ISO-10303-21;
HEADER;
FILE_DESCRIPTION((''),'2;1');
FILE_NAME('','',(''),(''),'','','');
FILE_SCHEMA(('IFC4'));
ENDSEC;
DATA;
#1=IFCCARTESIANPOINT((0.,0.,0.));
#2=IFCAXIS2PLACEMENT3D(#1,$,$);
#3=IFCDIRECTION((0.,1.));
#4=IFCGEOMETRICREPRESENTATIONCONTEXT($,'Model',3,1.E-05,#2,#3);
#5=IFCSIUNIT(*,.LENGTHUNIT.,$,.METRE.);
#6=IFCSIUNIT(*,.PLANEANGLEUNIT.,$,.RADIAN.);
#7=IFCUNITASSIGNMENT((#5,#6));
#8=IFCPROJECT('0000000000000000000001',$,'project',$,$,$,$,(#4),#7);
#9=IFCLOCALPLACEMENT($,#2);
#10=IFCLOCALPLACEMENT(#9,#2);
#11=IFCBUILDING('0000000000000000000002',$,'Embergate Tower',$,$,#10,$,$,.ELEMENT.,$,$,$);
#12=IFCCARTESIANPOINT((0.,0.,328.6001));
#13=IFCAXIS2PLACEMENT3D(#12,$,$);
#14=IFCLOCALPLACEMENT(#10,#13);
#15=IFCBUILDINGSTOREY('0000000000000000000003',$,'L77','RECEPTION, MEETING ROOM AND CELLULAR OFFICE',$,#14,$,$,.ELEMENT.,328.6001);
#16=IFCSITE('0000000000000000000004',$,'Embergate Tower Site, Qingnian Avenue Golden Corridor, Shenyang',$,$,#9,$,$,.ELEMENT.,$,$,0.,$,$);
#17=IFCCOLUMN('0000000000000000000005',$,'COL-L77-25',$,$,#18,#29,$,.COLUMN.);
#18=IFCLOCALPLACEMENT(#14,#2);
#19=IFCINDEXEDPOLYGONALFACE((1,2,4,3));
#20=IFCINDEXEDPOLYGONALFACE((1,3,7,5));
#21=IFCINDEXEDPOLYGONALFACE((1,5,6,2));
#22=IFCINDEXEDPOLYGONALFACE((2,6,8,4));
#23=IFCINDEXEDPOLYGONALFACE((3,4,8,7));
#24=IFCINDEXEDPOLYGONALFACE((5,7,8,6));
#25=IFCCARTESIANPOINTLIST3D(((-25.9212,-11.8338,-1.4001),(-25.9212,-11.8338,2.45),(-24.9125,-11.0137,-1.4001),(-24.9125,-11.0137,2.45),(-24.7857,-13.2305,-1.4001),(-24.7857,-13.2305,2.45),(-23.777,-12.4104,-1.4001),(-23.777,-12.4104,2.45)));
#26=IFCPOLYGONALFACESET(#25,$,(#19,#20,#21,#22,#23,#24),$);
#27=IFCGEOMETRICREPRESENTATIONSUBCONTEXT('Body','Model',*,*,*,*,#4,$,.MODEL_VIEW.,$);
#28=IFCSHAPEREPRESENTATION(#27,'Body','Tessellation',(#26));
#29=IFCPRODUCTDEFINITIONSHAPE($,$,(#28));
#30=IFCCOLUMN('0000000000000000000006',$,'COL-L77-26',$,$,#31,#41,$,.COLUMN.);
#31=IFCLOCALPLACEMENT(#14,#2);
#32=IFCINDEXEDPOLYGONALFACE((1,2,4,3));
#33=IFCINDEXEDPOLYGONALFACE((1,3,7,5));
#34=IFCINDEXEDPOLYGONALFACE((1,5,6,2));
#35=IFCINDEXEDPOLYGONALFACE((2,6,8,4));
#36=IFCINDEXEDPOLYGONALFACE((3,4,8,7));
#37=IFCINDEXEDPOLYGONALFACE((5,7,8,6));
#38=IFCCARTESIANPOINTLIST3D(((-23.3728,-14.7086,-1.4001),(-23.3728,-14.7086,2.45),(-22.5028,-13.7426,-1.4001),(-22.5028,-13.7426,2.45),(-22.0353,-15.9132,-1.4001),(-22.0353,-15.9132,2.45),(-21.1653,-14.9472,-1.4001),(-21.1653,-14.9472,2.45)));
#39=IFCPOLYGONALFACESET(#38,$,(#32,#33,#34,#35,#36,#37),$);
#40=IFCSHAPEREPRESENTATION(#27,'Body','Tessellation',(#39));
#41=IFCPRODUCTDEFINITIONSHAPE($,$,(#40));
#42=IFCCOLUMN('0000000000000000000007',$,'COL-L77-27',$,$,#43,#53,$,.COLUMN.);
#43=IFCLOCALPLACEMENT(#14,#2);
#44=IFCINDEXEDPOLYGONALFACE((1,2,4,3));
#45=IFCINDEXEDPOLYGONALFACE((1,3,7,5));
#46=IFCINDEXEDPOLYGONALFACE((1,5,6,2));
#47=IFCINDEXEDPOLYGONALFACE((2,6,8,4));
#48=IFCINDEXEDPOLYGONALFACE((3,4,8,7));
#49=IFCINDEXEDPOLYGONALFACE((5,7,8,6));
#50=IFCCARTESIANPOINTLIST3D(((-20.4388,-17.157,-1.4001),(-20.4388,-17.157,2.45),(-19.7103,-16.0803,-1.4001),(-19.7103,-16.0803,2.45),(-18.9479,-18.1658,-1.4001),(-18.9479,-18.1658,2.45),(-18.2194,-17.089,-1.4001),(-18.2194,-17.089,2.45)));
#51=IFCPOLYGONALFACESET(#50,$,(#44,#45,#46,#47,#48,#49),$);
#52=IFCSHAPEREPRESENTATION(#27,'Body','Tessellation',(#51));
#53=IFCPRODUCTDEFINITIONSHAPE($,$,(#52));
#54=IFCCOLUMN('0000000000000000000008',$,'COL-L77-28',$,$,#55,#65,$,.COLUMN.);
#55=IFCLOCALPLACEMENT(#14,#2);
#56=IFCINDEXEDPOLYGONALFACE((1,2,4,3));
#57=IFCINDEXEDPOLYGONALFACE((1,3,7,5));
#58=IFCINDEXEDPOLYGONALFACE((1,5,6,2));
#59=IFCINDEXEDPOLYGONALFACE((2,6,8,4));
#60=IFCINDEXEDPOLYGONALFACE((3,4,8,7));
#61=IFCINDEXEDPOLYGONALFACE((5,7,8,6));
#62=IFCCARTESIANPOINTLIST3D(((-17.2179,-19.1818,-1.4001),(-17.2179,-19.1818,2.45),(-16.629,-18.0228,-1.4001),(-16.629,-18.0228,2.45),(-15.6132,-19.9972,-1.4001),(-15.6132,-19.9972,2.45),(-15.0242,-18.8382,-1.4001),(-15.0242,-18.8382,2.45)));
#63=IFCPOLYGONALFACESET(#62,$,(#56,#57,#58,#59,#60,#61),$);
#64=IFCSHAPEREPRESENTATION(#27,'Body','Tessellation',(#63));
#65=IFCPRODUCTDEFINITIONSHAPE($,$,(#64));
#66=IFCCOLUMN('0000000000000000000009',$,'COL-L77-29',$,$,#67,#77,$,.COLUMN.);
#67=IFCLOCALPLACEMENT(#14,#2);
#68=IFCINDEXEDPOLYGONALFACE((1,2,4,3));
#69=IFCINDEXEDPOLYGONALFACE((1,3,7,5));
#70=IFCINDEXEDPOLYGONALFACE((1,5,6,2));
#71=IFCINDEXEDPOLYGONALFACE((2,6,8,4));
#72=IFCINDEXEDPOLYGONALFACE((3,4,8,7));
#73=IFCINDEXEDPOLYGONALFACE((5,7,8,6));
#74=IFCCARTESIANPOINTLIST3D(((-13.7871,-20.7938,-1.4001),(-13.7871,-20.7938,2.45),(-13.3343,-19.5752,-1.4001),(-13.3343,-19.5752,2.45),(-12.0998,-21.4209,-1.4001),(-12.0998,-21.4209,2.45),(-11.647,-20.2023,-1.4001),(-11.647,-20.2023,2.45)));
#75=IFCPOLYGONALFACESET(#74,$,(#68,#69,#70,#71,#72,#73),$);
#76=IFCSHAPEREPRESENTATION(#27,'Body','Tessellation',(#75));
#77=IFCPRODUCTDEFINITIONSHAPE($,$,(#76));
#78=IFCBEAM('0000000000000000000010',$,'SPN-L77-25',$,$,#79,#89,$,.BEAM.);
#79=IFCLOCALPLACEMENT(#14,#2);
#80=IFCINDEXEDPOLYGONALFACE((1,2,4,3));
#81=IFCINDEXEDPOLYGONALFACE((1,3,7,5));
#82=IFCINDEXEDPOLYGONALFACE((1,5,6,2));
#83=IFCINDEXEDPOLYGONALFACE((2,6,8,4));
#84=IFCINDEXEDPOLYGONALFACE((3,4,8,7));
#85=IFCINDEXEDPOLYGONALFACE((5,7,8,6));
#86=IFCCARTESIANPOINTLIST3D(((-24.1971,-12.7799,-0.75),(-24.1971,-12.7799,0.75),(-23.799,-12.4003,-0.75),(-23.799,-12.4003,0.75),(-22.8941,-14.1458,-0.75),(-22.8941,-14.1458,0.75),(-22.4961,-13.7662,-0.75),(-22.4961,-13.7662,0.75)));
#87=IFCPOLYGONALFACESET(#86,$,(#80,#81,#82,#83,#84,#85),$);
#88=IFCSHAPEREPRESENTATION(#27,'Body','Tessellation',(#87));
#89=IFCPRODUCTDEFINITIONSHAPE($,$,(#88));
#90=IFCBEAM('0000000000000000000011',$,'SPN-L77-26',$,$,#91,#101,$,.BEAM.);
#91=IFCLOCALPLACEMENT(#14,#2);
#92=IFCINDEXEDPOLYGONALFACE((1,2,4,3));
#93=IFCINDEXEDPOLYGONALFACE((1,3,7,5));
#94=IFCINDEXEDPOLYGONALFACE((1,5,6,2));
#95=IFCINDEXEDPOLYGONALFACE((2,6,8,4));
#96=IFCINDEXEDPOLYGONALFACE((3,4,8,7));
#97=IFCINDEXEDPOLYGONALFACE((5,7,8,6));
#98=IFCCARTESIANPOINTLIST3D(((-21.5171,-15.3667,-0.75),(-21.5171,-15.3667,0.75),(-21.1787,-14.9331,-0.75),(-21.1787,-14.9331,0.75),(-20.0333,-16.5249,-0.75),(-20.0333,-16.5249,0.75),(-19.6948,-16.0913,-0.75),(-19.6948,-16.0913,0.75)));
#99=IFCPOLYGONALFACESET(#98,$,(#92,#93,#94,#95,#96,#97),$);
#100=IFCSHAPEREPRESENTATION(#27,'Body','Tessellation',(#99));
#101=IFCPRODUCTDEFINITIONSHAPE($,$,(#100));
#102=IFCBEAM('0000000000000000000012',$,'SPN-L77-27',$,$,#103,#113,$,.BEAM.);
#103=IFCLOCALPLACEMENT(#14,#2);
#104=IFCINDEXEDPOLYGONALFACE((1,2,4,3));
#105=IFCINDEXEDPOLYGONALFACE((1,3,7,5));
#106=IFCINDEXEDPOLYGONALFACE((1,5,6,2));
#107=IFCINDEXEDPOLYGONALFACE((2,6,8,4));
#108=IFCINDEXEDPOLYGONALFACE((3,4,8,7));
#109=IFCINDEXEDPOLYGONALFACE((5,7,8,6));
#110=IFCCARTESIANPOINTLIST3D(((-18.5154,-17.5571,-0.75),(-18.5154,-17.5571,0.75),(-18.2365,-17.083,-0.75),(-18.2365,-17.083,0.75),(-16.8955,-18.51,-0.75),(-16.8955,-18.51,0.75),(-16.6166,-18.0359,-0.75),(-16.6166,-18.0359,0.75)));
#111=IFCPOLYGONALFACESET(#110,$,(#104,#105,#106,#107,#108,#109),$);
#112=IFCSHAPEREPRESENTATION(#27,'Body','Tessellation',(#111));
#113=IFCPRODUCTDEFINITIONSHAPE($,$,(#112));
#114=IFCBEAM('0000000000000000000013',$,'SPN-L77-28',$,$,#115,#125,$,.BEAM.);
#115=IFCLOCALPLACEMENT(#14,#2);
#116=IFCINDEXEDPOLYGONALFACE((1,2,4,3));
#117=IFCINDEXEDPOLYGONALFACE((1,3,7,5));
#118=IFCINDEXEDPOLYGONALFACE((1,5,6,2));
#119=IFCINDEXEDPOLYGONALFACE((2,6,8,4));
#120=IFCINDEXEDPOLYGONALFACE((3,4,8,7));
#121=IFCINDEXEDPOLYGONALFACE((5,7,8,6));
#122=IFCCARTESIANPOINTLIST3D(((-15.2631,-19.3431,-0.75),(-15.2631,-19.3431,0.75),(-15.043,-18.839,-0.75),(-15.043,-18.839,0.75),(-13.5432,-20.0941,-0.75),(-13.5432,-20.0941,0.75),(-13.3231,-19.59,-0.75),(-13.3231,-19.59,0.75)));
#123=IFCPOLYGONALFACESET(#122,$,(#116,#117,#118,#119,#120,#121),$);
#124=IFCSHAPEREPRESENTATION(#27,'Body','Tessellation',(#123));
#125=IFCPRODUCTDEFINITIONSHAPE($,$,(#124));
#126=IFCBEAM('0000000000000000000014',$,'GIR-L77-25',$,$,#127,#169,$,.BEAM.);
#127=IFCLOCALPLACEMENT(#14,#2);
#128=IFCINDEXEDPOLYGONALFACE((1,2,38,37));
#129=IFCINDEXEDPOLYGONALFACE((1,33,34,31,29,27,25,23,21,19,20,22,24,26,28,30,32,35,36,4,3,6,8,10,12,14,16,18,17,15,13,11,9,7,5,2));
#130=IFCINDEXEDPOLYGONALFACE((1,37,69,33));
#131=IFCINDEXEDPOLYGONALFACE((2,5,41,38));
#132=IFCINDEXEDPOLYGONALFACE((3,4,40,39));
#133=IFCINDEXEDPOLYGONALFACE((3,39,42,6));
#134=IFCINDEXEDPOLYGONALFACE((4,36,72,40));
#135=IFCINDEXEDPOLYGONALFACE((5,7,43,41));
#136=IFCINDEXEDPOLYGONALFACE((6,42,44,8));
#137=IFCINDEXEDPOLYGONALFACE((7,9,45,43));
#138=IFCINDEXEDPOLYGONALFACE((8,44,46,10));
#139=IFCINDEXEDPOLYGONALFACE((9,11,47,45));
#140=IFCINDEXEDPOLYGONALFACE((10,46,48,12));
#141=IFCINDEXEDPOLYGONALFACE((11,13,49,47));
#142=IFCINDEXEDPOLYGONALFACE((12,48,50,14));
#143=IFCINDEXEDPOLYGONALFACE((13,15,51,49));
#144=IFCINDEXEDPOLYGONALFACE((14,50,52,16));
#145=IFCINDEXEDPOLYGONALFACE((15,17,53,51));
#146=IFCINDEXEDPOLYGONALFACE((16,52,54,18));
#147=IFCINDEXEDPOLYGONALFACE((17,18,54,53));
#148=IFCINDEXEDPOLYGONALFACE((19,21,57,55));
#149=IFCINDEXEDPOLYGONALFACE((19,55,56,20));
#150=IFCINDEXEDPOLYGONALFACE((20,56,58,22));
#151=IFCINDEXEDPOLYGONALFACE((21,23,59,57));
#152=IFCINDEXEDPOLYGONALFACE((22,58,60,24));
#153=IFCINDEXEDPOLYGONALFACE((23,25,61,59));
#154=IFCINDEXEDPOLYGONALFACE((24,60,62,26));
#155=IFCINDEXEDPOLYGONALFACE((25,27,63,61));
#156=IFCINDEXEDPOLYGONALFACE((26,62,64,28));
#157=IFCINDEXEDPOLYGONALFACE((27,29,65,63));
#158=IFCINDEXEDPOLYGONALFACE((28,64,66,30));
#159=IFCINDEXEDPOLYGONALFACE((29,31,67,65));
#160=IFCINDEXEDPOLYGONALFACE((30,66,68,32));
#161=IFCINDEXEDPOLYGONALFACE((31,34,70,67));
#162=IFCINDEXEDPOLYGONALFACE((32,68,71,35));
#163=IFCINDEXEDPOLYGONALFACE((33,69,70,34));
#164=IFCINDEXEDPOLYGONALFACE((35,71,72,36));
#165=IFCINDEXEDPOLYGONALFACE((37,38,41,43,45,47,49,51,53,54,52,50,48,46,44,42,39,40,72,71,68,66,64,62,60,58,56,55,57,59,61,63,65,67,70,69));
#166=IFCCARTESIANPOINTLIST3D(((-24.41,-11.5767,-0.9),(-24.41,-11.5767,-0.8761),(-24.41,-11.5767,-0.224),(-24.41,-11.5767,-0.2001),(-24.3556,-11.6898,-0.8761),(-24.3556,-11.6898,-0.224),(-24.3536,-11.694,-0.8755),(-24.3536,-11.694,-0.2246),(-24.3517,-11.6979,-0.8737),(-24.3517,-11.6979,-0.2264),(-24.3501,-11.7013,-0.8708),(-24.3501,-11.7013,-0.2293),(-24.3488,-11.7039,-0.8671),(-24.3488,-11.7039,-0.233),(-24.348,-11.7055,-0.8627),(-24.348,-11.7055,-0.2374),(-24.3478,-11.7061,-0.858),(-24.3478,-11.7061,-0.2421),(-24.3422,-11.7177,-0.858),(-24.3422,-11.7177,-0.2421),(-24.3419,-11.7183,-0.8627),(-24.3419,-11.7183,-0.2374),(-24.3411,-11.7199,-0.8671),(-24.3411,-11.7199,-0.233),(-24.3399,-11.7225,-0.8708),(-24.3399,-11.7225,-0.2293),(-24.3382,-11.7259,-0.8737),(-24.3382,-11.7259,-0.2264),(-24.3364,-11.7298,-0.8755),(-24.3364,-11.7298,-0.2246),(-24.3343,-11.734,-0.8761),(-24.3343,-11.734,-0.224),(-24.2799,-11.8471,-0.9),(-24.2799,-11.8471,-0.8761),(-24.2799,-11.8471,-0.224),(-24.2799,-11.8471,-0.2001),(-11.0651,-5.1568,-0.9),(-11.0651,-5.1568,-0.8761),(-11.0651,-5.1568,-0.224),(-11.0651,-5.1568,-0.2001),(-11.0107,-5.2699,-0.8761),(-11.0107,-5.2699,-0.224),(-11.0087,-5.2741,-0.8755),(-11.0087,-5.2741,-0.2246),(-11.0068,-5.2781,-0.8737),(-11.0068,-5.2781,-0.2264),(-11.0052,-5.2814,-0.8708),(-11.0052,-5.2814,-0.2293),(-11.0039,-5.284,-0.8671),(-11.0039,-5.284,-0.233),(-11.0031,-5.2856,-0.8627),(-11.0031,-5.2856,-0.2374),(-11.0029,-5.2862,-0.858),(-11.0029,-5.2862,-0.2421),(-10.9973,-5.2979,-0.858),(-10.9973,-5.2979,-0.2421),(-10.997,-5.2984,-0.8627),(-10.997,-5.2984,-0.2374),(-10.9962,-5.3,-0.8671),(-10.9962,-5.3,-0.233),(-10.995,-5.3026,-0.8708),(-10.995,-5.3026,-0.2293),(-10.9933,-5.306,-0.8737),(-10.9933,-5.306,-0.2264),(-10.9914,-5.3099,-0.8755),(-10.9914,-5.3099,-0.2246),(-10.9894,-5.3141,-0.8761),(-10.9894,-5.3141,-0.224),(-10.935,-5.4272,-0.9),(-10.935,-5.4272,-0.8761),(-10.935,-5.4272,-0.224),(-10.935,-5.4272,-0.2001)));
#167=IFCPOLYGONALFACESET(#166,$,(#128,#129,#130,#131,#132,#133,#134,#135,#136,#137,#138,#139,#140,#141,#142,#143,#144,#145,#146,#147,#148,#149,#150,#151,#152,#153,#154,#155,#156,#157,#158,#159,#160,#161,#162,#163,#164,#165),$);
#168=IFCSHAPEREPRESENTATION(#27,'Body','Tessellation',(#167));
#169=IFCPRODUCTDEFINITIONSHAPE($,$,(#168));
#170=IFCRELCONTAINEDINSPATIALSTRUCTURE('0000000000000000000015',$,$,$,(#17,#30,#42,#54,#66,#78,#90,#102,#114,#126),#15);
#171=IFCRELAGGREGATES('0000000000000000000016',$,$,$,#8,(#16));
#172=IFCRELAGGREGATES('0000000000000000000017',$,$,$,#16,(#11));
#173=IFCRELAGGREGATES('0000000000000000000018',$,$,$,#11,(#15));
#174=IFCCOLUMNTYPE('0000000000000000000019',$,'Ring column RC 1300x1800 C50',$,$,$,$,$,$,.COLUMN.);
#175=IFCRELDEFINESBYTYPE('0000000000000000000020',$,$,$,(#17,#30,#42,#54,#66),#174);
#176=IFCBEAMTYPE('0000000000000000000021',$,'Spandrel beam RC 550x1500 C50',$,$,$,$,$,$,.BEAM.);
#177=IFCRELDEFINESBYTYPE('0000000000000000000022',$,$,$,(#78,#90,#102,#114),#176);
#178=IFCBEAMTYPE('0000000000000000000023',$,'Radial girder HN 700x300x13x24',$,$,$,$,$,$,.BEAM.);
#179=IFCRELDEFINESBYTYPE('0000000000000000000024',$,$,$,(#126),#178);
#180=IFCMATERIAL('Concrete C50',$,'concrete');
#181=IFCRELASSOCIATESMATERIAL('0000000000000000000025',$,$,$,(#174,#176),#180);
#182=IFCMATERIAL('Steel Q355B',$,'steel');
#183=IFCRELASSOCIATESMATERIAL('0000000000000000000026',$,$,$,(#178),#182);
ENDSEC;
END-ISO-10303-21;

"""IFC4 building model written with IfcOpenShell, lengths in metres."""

from ifc_helpers import new_model, si_unit, direction, frame, origin, origin_2d, place, context, subcontext, project, spatial, rectangle, i_section, extrude, source, transform, mapped, material, material_profile, profile_set, type_object, element, save


model = new_model("IFC4")

# Units and contexts
model_context = context("Model", 3, precision=1e-05, world=origin(), true_north=direction((0.0, 1.0)))
body_context = subcontext(model_context, "Body", "Model", "MODEL_VIEW")
ifc_project = project(units=[si_unit("LENGTHUNIT", "METRE"), si_unit("PLANEANGLEUNIT", "RADIAN")], contexts=[model_context])

# Site, building, storey
site_placement = place(None, origin())
site = spatial("IfcSite", under=ifc_project, at=site_placement, Name="Embergate Tower Site, Qingnian Avenue Golden Corridor, Shenyang", CompositionType="ELEMENT", RefElevation=0.0)
building_placement = place(site_placement, origin())
building = spatial("IfcBuilding", under=site, at=building_placement, Name="Embergate Tower", CompositionType="ELEMENT")
storey_placement = place(building_placement, frame((0.0, 0.0, 328.6001)))
storey = spatial("IfcBuildingStorey", under=building, at=storey_placement, Name="L77", Description="RECEPTION, MEETING ROOM AND CELLULAR OFFICE", CompositionType="ELEMENT", Elevation=328.6001)

# Columns
ifc_material_1 = material(Name="Concrete C50", Category="concrete")
ifc_material_profile_1 = material_profile(ifc_material_1, rectangle(XDim=1.3, YDim=1.8, at=origin_2d()), Name="RC 1300x1800")
ifc_profile_set_1 = profile_set([ifc_material_profile_1], Name="Concrete C50")
column_type = type_object("IfcColumnType", Name="Ring column RC 1300x1800 C50", PredefinedType="COLUMN", material=ifc_profile_set_1)
shared_shape_1 = source(origin(), body_context, "Body", "SweptSolid", [
    extrude(rectangle(XDim=1.3, YDim=1.8, at=origin_2d()), origin(), (0.0, 0.0, 1.0), 3.8501),
])
for number, where, z_axis, x_axis, name in (
    (1, (-24.8491, -12.1221, -1.4001), (0.0, 0.0, 1.0), (-0.775925, -0.630825, 0.0), "COL-L77-25"),
    (2, (-22.269, -14.8279, -1.4001), (0.0, 0.0, 1.0), (-0.669221, -0.743063, 0.0), "COL-L77-26"),
    (3, (-19.3291, -17.123, -1.4001), (0.0, 0.0, 1.0), (-0.560393, -0.828227, 0.0), "COL-L77-27"),
    (4, (-16.1211, -19.01, -1.4001), (0.0, 0.0, 1.0), (-0.453011, -0.891505, 0.0), "COL-L77-28"),
    (5, (-12.717, -20.498, -1.4001), (0.0, 0.0, 1.0), (-0.348343, -0.937367, 0.0), "COL-L77-29"),
):
    element("IfcColumn", number, at=place(storey_placement, frame(where, z_axis=z_axis, x_axis=x_axis)), inside=storey, type_object=column_type, Name=name, PredefinedType="COLUMN", context=body_context, shape_type="MappedRepresentation", body=[
        mapped(shared_shape_1, transform((0.0, 0.0, 0.0))),
    ])

# Beams
ifc_material_profile_2 = material_profile(ifc_material_1, rectangle(XDim=0.55, YDim=1.5, at=origin_2d()), Name="RC 550x1500")
ifc_profile_set_2 = profile_set([ifc_material_profile_2], Name="Concrete C50")
beam_type_1 = type_object("IfcBeamType", Name="Spandrel beam RC 550x1500 C50", PredefinedType="BEAM", material=ifc_profile_set_2)
shared_shape_2 = source(origin(), body_context, "Body", "SweptSolid", [
    extrude(rectangle(XDim=0.55, YDim=1.5, at=origin_2d()), origin(), (0.0, 0.0, 1.0), 1.8877),
])
beam_1_placement = place(storey_placement, frame((-23.998, -12.5901, 0.0), z_axis=(0.690227, -0.723593, 0.0), x_axis=(0.723593, 0.690227, 0.0)))
element("IfcBeam", 6, at=beam_1_placement, inside=storey, type_object=beam_type_1, Name="SPN-L77-25", PredefinedType="BEAM", context=body_context, shape_type="MappedRepresentation", body=[
    mapped(shared_shape_2, transform((0.0, 0.0, 0.0))),
])
shared_shape_3 = source(origin(), body_context, "Body", "SweptSolid", [
    extrude(rectangle(XDim=0.55, YDim=1.5, at=origin_2d()), origin(), (0.0, 0.0, 1.0), 1.8823),
])
beam_2_placement = place(storey_placement, frame((-21.3479, -15.1499, 0.0), z_axis=(0.788304, -0.615287, 0.0), x_axis=(0.615287, 0.788304, 0.0)))
element("IfcBeam", 7, at=beam_2_placement, inside=storey, type_object=beam_type_1, Name="SPN-L77-26", PredefinedType="BEAM", context=body_context, shape_type="MappedRepresentation", body=[
    mapped(shared_shape_3, transform((0.0, 0.0, 0.0))),
])
shared_shape_4 = source(origin(), body_context, "Body", "SweptSolid", [
    extrude(rectangle(XDim=0.55, YDim=1.5, at=origin_2d()), origin(), (0.0, 0.0, 1.0), 1.8794),
])
beam_3_placement = place(storey_placement, frame((-18.376, -17.3201, 0.0), z_axis=(0.861931, -0.507026, 0.0), x_axis=(0.507026, 0.861931, 0.0)))
element("IfcBeam", 8, at=beam_3_placement, inside=storey, type_object=beam_type_1, Name="SPN-L77-27", PredefinedType="BEAM", context=body_context, shape_type="MappedRepresentation", body=[
    mapped(shared_shape_4, transform((0.0, 0.0, 0.0))),
])
shared_shape_5 = source(origin(), body_context, "Body", "SweptSolid", [
    extrude(rectangle(XDim=0.55, YDim=1.5, at=origin_2d()), origin(), (0.0, 0.0, 1.0), 1.8767),
])
beam_4_placement = place(storey_placement, frame((-15.1531, -19.0911, 0.0), z_axis=(0.916453, -0.400143, 0.0), x_axis=(0.400143, 0.916453, 0.0)))
element("IfcBeam", 9, at=beam_4_placement, inside=storey, type_object=beam_type_1, Name="SPN-L77-28", PredefinedType="BEAM", context=body_context, shape_type="MappedRepresentation", body=[
    mapped(shared_shape_5, transform((0.0, 0.0, 0.0))),
])
ifc_material_2 = material(Name="Steel Q355B", Category="steel")
ifc_material_profile_3 = material_profile(ifc_material_2, i_section(OverallWidth=0.3, OverallDepth=0.7, WebThickness=0.0129, FlangeThickness=0.0239, FilletRadius=0.0181, at=origin_2d()), Name="HN 700x300x13x24")
ifc_profile_set_3 = profile_set([ifc_material_profile_3], Name="Steel Q355 grade B")
beam_type_2 = type_object("IfcBeamType", Name="Radial girder HN 700x300x13x24", PredefinedType="BEAM", material=ifc_profile_set_3)
shared_shape_6 = source(origin(), body_context, "Body", "SweptSolid", [
    extrude(i_section(OverallWidth=0.3, OverallDepth=0.7, WebThickness=0.0129, FlangeThickness=0.0239, FilletRadius=0.0181, at=origin_2d()), origin(), (0.0, 0.0, 1.0), 14.8088),
])
beam_5_placement = place(storey_placement, frame((-24.345, -11.7119, -0.55), z_axis=(0.901145, 0.433518, 0.0), x_axis=(-0.433518, 0.901145, 0.0)))
element("IfcBeam", 10, at=beam_5_placement, inside=storey, type_object=beam_type_2, Name="GIR-L77-25", PredefinedType="BEAM", context=body_context, shape_type="MappedRepresentation", body=[
    mapped(shared_shape_6, transform((0.0, 0.0, 0.0))),
])

save(model, "model.ifc")
